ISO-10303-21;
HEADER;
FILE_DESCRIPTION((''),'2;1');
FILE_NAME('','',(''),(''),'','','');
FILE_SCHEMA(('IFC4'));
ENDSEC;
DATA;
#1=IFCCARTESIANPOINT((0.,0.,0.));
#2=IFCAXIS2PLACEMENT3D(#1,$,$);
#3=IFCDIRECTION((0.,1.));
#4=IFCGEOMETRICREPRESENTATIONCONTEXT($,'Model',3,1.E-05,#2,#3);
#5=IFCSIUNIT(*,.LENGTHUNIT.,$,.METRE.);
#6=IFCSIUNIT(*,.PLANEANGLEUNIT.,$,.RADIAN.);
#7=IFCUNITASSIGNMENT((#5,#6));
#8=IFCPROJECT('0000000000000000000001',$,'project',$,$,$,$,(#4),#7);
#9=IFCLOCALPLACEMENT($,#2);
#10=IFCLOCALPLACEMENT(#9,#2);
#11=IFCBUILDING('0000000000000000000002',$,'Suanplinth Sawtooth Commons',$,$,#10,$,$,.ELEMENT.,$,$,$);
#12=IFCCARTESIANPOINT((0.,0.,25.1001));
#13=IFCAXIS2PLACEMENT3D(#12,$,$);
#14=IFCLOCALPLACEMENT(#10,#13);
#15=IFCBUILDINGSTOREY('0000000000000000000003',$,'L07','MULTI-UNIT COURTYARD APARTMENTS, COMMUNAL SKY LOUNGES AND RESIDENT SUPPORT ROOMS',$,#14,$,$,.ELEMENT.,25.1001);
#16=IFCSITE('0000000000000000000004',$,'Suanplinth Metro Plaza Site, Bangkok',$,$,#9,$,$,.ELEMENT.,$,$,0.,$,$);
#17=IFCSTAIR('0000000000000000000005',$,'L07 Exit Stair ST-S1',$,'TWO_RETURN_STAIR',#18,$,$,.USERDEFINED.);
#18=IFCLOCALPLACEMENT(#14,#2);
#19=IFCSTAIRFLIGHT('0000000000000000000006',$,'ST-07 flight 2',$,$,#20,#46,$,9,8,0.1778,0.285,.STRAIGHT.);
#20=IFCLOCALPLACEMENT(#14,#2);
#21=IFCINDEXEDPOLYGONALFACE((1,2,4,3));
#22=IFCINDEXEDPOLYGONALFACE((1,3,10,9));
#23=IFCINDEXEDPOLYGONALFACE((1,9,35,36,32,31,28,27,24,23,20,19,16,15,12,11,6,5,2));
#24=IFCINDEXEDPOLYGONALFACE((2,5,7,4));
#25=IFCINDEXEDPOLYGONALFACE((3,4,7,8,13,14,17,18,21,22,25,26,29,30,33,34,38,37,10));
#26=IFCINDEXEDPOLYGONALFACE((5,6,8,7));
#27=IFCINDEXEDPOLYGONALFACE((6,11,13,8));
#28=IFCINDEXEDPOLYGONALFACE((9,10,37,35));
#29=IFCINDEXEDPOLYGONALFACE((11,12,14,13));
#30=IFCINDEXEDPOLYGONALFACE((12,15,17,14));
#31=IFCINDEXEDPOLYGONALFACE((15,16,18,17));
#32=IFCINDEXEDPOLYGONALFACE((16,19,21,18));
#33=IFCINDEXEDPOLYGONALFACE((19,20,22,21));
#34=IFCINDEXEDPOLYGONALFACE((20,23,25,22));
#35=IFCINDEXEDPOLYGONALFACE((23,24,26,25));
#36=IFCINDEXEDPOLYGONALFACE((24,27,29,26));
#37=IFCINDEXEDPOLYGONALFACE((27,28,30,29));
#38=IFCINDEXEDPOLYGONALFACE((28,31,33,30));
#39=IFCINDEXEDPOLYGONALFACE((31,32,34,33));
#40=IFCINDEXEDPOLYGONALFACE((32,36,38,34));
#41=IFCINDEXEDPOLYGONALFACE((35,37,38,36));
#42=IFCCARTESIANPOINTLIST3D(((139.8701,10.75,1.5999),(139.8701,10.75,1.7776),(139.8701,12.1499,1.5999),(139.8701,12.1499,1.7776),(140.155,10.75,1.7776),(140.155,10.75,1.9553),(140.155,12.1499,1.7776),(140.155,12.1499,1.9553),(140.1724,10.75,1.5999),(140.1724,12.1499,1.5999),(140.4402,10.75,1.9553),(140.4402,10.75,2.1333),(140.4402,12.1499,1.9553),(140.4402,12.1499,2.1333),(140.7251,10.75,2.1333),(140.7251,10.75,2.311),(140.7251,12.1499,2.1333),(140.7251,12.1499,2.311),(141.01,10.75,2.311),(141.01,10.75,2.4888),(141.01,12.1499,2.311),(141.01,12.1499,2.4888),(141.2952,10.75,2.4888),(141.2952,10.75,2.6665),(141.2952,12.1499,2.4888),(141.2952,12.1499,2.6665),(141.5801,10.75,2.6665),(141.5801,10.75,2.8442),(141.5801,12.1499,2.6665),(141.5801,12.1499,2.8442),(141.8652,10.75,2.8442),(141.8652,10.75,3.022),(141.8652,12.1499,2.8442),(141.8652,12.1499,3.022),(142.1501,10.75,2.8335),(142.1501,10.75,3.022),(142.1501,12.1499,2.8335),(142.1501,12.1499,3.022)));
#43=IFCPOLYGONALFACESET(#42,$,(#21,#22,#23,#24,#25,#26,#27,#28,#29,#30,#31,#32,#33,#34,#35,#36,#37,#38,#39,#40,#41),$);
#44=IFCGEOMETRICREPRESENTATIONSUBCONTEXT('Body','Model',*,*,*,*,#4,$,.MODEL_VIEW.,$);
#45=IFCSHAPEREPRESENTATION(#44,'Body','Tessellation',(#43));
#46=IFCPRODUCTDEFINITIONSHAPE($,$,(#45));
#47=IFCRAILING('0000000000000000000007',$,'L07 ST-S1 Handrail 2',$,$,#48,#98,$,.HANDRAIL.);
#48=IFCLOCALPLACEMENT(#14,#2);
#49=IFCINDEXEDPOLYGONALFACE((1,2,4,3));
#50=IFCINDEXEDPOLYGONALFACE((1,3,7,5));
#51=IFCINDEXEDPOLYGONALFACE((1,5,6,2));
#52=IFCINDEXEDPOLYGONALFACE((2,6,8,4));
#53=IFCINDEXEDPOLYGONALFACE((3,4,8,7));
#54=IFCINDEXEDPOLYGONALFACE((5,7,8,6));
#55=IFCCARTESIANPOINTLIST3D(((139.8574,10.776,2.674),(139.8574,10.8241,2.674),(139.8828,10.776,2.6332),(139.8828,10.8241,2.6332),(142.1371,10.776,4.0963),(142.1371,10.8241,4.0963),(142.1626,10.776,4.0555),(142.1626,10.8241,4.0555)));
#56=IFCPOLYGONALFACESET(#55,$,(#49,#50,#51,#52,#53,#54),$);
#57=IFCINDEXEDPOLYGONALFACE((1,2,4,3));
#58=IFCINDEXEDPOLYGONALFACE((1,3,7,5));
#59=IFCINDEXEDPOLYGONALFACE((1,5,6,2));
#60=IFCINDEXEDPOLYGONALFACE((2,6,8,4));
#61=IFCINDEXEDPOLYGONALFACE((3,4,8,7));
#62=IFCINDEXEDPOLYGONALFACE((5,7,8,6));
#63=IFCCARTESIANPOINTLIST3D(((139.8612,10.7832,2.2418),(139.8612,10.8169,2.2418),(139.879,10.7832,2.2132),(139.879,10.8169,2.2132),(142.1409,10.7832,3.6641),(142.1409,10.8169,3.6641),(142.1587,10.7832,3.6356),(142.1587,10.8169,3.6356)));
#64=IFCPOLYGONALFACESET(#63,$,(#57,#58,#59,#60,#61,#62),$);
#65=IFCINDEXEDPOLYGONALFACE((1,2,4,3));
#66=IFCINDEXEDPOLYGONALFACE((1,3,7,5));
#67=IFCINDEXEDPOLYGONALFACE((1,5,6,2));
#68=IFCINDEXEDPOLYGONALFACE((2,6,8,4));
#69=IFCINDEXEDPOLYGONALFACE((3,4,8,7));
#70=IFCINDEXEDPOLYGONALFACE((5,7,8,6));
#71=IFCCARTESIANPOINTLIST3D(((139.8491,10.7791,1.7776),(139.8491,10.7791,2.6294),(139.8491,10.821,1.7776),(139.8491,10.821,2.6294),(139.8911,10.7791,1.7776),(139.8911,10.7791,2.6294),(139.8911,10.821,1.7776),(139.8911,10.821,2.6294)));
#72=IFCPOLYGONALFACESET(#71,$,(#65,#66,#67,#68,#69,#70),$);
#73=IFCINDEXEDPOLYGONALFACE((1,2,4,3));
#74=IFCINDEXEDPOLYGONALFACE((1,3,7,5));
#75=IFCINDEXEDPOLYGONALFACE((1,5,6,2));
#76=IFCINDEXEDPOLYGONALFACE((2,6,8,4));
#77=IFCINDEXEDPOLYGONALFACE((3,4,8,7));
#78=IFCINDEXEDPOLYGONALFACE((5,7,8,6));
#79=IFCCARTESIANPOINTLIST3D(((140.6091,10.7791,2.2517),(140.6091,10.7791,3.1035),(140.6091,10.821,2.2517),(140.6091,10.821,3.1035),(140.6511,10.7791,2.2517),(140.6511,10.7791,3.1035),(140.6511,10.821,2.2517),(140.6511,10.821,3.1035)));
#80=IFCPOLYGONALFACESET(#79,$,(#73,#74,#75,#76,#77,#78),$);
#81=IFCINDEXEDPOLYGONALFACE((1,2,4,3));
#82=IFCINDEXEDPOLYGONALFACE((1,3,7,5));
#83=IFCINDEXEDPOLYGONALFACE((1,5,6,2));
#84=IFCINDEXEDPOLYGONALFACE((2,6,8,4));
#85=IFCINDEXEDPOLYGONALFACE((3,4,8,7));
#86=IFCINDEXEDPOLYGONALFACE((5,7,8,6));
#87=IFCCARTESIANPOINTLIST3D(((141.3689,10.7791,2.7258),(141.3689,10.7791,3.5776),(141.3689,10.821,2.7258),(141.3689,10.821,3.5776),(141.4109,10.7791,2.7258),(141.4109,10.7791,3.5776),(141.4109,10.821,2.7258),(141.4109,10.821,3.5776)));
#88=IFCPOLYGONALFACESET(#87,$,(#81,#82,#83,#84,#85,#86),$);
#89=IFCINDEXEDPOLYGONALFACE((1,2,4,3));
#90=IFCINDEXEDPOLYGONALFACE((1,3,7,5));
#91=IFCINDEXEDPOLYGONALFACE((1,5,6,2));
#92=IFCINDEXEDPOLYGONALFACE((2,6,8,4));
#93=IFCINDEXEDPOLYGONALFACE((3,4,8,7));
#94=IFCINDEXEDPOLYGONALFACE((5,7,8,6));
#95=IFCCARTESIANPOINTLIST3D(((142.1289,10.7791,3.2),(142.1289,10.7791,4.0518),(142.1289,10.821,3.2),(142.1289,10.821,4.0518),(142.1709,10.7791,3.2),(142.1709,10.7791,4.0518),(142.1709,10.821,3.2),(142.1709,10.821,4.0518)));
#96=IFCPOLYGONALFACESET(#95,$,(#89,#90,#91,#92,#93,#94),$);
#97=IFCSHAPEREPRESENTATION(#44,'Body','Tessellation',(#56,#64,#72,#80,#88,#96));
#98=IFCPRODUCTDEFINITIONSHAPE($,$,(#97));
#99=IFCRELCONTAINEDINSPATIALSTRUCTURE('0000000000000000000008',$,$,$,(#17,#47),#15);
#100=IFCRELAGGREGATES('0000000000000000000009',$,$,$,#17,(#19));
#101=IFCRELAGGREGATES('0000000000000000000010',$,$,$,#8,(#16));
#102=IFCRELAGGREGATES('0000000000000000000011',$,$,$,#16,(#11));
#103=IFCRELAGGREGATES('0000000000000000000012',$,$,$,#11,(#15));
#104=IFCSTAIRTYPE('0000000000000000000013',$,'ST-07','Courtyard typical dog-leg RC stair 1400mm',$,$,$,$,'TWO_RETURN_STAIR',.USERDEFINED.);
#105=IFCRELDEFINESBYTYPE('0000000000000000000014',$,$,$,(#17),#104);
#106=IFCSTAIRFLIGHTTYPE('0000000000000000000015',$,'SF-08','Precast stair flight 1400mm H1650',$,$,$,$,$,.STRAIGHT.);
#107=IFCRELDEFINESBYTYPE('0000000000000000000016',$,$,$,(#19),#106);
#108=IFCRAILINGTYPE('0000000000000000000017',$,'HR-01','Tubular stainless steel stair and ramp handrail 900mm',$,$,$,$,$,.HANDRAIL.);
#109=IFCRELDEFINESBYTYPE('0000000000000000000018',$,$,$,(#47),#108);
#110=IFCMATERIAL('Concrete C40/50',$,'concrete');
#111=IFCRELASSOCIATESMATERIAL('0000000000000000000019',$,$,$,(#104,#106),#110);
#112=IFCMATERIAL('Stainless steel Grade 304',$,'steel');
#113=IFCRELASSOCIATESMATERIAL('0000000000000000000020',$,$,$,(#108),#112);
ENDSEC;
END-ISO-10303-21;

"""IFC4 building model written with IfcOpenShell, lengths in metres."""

from ifc_helpers import new_model, si_unit, direction, frame, origin, origin_2d, place, context, subcontext, project, spatial, polyline, rectangle, outline, extrude, material, type_object, element, aggregate, save


model = new_model("IFC4")

# Units and contexts
model_context = context("Model", 3, precision=1e-05, world=origin(), true_north=direction((0.0, 1.0)))
body_context = subcontext(model_context, "Body", "Model", "MODEL_VIEW")
ifc_project = project(units=[si_unit("LENGTHUNIT", "METRE"), si_unit("PLANEANGLEUNIT", "RADIAN")], contexts=[model_context])

# Site, building, storey
site_placement = place(None, origin())
site = spatial("IfcSite", under=ifc_project, at=site_placement, Name="Suanplinth Metro Plaza Site, Bangkok", CompositionType="ELEMENT", RefElevation=0.0)
building_placement = place(site_placement, origin())
building = spatial("IfcBuilding", under=site, at=building_placement, Name="Suanplinth Sawtooth Commons", CompositionType="ELEMENT")
storey_placement = place(building_placement, frame((0.0, 0.0, 25.1001)))
storey = spatial("IfcBuildingStorey", under=building, at=storey_placement, Name="L07", Description="MULTI-UNIT COURTYARD APARTMENTS, COMMUNAL SKY LOUNGES AND RESIDENT SUPPORT ROOMS", CompositionType="ELEMENT", Elevation=25.1001)

# Shared definitions
ifc_material_1 = material(Name="Concrete C40/50", Category="concrete")

# Stair, stair flight
stair_type = type_object("IfcStairType", Name="ST-07", Description="Courtyard typical dog-leg RC stair 1400mm", ElementType="TWO_RETURN_STAIR", PredefinedType="USERDEFINED", material=ifc_material_1)
stair_placement = place(storey_placement, origin())
stair = element("IfcStair", 1, at=stair_placement, inside=storey, type_object=stair_type, Name="L07 Exit Stair ST-S1", ObjectType="TWO_RETURN_STAIR", PredefinedType="USERDEFINED")
stair_flight_type = type_object("IfcStairFlightType", Name="SF-08", Description="Precast stair flight 1400mm H1650", PredefinedType="STRAIGHT", material=ifc_material_1)
stair_flight_placement = place(storey_placement, frame((139.8701, 11.45, 1.5999), z_axis=(0.0, 0.0, 1.0), x_axis=(1.0, 0.0, 0.0)))
stair_flight = element("IfcStairFlight", 2, at=stair_flight_placement, type_object=stair_flight_type, Name="ST-07 flight 2", NumberOfRisers=9, NumberOfTreads=8, PredefinedType="STRAIGHT", RiserHeight=0.1778, TreadLength=0.285, context=body_context, shape_type="SweptSolid", body=[
    extrude(outline(polyline([(0.0, 0.0), (0.0, 0.1777), (0.2849, 0.1777), (0.2849, 0.3555), (0.5701, 0.3555), (0.5701, 0.5334), (0.855, 0.5334), (0.855, 0.7112), (1.1399, 0.7112), (1.1399, 0.8889), (1.425, 0.8889), (1.425, 1.0667), (1.71, 1.0667), (1.71, 1.2444), (1.9951, 1.2444), (1.9951, 1.4221), (2.28, 1.4221), (2.28, 1.6001), (2.28, 1.2336), (0.3022, 0.0), (0.0, 0.0)])), frame((0.0, 0.7, 0.0), z_axis=(0.0, -1.0, 0.0), x_axis=(1.0, 0.0, 0.0)), (0.0, 0.0, 1.0), 1.3999),
])
aggregate(stair, [stair_flight])

# Railing
ifc_material_2 = material(Name="Stainless steel Grade 304", Category="steel")
railing_type = type_object("IfcRailingType", Name="HR-01", Description="Tubular stainless steel stair and ramp handrail 900mm", PredefinedType="HANDRAIL", material=ifc_material_2)
railing_placement = place(storey_placement, frame((139.8701, 10.8, 1.7776)))
element("IfcRailing", 3, at=railing_placement, inside=storey, type_object=railing_type, Name="L07 ST-S1 Handrail 2", PredefinedType="HANDRAIL", context=body_context, shape_type="SweptSolid", body=[
    extrude(rectangle(XDim=0.0481, YDim=0.0481, at=origin_2d()), frame((0.0, 0.0, 0.876), z_axis=(0.848417, 0.0, 0.529329), x_axis=(0.0, 1.0, 0.0)), (0.0, 0.0, 1.0), 2.687),
    extrude(rectangle(XDim=0.0337, YDim=0.0337, at=origin_2d()), frame((0.0, 0.0, 0.45), z_axis=(0.848417, 0.0, 0.529329), x_axis=(0.0, 1.0, 0.0)), (0.0, 0.0, 1.0), 2.687),
    extrude(rectangle(XDim=0.042, YDim=0.042, at=origin_2d()), origin(), (0.0, 0.0, 1.0), 0.8518),
    extrude(rectangle(XDim=0.042, YDim=0.042, at=origin_2d()), frame((0.76, 0.0, 0.4741)), (0.0, 0.0, 1.0), 0.8518),
    extrude(rectangle(XDim=0.042, YDim=0.042, at=origin_2d()), frame((1.5198, 0.0, 0.9482)), (0.0, 0.0, 1.0), 0.8518),
    extrude(rectangle(XDim=0.042, YDim=0.042, at=origin_2d()), frame((2.2798, 0.0, 1.4224)), (0.0, 0.0, 1.0), 0.8518),
])

save(model, "model.ifc")
